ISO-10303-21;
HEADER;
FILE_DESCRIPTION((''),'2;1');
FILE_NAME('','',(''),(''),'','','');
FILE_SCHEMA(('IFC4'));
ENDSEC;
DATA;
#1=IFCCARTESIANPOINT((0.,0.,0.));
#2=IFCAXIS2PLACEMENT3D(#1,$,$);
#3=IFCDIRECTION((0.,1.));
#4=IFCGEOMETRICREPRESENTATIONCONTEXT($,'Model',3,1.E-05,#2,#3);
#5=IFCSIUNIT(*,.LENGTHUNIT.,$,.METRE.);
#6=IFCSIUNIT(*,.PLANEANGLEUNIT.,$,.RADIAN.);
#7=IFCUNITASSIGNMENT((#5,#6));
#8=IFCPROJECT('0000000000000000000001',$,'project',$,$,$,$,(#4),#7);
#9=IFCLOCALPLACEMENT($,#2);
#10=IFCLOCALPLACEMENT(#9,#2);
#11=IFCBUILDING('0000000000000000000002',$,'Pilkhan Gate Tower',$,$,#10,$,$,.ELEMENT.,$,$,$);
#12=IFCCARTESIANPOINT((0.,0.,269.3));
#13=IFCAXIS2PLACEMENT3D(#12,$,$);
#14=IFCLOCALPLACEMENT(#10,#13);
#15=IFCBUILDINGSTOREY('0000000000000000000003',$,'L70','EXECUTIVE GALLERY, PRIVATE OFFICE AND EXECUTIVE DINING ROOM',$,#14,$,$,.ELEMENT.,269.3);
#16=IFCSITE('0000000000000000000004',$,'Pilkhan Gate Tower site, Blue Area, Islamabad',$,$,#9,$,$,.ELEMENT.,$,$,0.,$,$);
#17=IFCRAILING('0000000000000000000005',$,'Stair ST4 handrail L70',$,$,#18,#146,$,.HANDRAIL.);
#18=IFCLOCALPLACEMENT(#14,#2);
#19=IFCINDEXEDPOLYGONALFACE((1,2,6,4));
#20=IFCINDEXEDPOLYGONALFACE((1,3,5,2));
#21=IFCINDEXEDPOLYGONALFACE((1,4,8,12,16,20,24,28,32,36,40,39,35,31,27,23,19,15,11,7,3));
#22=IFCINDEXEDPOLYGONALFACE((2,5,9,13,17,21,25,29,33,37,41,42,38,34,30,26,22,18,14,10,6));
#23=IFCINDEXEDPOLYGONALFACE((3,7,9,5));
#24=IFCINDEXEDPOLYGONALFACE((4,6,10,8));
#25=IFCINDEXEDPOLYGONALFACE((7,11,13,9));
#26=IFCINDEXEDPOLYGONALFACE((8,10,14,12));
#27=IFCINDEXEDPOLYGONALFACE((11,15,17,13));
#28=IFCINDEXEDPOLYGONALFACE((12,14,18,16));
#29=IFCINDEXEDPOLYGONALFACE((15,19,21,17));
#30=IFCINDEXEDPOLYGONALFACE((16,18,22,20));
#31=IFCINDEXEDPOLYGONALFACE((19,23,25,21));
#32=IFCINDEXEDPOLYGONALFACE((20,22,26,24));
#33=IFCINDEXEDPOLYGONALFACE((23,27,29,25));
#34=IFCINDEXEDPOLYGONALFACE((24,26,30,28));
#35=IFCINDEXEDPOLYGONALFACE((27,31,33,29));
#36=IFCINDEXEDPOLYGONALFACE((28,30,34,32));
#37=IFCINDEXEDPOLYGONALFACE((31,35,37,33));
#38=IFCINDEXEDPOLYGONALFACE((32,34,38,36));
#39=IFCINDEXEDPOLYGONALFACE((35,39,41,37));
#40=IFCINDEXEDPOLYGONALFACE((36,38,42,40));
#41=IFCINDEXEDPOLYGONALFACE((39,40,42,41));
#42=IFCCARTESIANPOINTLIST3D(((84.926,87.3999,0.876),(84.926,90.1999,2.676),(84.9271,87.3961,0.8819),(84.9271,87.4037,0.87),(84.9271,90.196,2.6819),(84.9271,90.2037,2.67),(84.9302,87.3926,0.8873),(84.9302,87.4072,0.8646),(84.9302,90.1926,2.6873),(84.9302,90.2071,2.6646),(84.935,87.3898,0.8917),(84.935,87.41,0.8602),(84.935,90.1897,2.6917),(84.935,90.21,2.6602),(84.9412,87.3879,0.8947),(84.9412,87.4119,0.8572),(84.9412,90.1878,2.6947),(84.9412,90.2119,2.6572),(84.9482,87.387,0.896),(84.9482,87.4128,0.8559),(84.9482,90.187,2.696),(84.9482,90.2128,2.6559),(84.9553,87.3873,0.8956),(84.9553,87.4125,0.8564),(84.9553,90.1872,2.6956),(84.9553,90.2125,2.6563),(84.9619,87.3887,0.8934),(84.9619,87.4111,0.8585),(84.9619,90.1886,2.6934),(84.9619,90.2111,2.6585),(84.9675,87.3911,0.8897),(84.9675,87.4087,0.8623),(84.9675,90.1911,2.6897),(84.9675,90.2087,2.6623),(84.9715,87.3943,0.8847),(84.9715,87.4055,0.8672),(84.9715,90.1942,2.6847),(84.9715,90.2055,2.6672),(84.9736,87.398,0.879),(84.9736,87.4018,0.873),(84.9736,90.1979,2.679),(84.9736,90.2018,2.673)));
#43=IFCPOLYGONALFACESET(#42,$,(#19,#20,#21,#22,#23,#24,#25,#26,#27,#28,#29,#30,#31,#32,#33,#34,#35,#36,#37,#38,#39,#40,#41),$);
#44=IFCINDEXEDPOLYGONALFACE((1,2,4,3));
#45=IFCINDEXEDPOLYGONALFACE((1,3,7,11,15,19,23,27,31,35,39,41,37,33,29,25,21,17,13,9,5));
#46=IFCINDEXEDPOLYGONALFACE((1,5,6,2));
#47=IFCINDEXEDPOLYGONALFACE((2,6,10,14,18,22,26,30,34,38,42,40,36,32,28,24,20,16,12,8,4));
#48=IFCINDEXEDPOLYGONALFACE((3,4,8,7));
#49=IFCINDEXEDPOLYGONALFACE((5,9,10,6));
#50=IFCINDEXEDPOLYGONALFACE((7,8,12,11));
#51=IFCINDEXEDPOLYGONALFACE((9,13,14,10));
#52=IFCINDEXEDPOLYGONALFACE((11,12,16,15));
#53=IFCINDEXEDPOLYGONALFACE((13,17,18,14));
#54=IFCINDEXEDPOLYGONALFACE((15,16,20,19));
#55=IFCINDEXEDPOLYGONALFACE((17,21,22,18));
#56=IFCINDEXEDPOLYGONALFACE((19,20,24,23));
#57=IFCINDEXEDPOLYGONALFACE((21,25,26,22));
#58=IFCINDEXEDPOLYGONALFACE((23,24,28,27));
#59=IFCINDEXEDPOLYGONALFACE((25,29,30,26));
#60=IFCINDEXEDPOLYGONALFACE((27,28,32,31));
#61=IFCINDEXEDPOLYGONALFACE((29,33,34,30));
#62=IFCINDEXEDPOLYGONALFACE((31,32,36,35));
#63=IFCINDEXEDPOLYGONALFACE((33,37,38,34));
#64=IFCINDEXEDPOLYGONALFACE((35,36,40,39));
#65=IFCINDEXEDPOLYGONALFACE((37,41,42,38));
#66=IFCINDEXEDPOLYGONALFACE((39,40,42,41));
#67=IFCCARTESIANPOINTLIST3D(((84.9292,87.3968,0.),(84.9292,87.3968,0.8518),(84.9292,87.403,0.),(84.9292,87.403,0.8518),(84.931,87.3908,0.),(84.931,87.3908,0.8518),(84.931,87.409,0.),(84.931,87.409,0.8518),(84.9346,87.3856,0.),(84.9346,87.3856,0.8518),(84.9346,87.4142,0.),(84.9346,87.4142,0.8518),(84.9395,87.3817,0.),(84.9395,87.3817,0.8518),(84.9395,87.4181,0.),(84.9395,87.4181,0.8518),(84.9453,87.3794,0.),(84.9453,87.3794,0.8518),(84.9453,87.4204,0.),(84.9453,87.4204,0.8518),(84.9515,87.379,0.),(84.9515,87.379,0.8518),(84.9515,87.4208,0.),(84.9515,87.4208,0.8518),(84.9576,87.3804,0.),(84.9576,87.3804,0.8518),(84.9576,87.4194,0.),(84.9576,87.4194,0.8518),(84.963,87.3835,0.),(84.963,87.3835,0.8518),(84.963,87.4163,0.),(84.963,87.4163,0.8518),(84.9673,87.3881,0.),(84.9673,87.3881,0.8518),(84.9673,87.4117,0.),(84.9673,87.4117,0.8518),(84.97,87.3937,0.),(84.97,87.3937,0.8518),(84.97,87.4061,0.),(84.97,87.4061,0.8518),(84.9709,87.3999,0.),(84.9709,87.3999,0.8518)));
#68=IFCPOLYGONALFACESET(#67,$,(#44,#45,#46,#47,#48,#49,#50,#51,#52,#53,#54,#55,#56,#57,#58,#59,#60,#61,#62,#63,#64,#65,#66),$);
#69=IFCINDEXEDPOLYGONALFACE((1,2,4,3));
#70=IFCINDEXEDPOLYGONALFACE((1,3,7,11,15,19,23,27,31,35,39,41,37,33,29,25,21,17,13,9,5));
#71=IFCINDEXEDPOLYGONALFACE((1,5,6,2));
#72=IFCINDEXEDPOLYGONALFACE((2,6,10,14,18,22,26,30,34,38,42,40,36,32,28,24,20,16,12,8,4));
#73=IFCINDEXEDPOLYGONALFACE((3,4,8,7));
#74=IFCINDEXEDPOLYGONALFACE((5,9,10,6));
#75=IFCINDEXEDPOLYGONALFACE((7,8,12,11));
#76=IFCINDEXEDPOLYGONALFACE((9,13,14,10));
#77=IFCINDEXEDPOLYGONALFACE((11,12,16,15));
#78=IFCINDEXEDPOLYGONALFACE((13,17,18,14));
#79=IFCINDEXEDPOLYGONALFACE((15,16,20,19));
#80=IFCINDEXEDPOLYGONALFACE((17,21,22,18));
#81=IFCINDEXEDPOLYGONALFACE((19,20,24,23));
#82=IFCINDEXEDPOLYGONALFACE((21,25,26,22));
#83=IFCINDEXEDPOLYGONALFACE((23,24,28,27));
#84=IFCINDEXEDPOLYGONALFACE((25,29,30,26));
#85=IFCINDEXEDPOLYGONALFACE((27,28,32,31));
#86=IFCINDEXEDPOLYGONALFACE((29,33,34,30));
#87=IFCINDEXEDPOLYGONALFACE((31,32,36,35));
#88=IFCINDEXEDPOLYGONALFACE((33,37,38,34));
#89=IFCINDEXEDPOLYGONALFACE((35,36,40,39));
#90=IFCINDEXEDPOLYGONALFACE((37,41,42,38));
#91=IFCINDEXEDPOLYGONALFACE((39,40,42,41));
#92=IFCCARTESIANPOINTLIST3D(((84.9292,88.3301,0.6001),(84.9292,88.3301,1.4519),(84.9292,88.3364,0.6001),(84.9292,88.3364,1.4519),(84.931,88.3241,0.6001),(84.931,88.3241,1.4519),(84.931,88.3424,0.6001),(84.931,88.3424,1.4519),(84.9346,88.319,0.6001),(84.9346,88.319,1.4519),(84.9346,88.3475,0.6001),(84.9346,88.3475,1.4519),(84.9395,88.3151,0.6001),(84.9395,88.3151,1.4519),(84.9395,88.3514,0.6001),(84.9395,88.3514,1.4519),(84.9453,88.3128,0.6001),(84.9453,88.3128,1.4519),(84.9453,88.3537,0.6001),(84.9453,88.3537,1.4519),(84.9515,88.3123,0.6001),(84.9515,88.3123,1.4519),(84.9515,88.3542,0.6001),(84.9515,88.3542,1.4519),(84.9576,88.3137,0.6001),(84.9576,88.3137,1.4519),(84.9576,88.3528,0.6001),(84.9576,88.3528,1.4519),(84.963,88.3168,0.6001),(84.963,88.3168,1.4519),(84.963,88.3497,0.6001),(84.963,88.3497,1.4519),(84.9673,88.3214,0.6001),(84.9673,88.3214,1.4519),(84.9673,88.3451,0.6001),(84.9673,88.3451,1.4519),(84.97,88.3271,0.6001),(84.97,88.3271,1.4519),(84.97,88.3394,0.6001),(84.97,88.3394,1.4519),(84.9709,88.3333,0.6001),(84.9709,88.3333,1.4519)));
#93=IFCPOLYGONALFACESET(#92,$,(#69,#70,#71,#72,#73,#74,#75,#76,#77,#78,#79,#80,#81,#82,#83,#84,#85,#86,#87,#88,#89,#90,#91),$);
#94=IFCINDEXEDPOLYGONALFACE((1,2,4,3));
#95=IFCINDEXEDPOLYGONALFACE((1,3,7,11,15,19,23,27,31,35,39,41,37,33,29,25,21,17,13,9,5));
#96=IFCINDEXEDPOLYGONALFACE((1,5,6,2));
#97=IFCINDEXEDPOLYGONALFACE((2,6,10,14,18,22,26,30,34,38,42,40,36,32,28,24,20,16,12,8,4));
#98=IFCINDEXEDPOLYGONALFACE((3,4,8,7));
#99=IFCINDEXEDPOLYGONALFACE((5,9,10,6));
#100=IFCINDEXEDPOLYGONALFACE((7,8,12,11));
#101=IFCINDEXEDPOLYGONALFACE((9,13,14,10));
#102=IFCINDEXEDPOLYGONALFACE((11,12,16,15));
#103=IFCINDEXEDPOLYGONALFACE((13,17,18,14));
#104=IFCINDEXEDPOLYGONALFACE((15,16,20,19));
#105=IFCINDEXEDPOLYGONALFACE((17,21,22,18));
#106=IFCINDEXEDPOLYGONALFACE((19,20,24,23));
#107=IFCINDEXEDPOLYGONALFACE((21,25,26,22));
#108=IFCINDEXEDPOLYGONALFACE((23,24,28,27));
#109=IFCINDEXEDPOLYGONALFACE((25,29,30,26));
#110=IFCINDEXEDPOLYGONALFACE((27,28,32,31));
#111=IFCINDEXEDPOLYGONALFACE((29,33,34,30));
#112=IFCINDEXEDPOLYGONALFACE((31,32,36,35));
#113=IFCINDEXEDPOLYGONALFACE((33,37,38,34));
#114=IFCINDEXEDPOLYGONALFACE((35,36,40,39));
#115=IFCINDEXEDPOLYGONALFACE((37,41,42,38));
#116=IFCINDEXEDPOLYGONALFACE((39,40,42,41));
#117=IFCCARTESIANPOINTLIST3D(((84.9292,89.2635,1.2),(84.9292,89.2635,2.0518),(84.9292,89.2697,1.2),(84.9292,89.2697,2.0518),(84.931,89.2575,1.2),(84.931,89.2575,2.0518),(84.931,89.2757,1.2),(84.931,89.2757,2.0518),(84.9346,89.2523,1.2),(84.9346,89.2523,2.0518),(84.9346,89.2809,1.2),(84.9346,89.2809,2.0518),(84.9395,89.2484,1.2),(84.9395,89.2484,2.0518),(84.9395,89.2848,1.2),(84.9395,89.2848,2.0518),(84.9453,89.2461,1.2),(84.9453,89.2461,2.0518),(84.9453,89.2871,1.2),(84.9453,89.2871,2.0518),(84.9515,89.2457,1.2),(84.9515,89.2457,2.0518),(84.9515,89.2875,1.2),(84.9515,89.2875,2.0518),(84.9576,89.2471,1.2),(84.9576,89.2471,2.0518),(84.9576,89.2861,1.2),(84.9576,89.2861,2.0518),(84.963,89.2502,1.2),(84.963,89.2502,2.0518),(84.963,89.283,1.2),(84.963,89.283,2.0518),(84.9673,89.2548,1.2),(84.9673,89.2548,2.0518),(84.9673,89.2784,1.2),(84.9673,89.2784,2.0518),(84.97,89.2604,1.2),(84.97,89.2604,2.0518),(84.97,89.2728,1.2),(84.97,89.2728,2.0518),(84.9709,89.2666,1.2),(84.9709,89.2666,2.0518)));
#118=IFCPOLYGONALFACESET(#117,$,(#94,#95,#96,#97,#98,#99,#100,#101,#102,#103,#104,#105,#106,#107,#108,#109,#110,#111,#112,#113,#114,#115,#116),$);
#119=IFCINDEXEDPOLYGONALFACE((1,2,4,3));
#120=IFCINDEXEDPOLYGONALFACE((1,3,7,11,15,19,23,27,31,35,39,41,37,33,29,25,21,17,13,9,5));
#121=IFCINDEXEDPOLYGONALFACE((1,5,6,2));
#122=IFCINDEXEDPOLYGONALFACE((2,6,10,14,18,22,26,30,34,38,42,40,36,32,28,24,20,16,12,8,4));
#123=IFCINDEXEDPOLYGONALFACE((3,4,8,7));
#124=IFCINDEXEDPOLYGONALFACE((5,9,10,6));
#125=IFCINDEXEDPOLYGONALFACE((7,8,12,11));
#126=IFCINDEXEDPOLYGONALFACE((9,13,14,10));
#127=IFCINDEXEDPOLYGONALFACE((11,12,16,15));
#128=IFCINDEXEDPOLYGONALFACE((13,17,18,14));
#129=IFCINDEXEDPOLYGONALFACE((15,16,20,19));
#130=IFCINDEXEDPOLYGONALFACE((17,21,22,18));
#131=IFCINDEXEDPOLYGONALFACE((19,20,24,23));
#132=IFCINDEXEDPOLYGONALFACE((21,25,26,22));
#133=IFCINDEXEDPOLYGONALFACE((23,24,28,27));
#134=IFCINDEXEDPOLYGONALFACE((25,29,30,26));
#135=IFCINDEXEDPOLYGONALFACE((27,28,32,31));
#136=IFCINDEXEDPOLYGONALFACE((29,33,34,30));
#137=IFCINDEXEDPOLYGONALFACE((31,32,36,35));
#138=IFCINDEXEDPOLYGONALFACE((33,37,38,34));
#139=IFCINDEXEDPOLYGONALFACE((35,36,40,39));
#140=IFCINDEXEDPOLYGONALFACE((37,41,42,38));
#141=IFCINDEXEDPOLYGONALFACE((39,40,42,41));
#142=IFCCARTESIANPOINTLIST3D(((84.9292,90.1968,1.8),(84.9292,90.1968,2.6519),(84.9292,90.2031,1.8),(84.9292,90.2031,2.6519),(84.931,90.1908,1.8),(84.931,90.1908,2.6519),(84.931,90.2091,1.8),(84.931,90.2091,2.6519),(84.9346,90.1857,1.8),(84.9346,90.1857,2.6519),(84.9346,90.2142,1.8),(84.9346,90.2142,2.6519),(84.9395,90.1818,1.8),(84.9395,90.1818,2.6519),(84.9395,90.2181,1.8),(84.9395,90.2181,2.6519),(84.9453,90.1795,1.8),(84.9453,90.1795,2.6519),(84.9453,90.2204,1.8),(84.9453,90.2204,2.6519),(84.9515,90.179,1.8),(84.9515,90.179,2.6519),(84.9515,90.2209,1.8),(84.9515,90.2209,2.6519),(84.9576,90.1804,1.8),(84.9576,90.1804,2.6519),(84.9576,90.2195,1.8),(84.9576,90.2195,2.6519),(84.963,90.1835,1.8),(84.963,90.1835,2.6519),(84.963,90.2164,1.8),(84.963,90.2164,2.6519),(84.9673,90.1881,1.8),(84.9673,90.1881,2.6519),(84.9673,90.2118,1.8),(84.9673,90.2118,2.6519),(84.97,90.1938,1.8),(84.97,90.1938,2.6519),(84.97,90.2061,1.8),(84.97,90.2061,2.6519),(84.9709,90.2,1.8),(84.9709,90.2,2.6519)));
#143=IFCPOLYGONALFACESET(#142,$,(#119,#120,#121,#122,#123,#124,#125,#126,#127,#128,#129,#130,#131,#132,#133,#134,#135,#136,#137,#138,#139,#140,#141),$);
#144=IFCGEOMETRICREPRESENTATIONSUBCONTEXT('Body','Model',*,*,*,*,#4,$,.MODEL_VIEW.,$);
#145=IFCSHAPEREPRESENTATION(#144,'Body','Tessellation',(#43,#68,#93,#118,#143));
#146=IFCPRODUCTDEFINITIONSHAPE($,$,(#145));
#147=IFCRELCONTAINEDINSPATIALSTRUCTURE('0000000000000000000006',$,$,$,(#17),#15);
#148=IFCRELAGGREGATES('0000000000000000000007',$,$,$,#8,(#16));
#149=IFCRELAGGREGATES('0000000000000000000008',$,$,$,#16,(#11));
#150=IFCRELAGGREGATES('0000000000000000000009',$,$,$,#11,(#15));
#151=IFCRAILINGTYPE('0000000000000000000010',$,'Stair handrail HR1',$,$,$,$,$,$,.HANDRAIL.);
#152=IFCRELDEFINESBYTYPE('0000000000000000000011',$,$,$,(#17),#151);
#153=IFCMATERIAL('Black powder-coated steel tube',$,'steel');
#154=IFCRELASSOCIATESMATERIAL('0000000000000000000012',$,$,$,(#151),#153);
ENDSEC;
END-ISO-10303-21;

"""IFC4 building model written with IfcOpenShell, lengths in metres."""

from ifc_helpers import new_model, si_unit, direction, frame, origin, origin_2d, place, context, subcontext, project, spatial, circle, extrude, material, type_object, element, save


model = new_model("IFC4")

# Units and contexts
model_context = context("Model", 3, precision=1e-05, world=origin(), true_north=direction((0.0, 1.0)))
body_context = subcontext(model_context, "Body", "Model", "MODEL_VIEW")
ifc_project = project(units=[si_unit("LENGTHUNIT", "METRE"), si_unit("PLANEANGLEUNIT", "RADIAN")], contexts=[model_context])

# Site, building, storey
site_placement = place(None, origin())
site = spatial("IfcSite", under=ifc_project, at=site_placement, Name="Pilkhan Gate Tower site, Blue Area, Islamabad", CompositionType="ELEMENT", RefElevation=0.0)
building_placement = place(site_placement, origin())
building = spatial("IfcBuilding", under=site, at=building_placement, Name="Pilkhan Gate Tower", CompositionType="ELEMENT")
storey_placement = place(building_placement, frame((0.0, 0.0, 269.3)))
storey = spatial("IfcBuildingStorey", under=building, at=storey_placement, Name="L70", Description="EXECUTIVE GALLERY, PRIVATE OFFICE AND EXECUTIVE DINING ROOM", CompositionType="ELEMENT", Elevation=269.3)

# Railing
ifc_material_1 = material(Name="Black powder-coated steel tube", Category="steel")
railing_type_1 = type_object("IfcRailingType", Name="Stair handrail HR1", PredefinedType="HANDRAIL", material=ifc_material_1)
railing_1_placement = place(storey_placement, frame((84.95, 87.3999, 0.0)))
element("IfcRailing", 1, at=railing_1_placement, inside=storey, type_object=railing_type_1, Name="Stair ST4 handrail L70", PredefinedType="HANDRAIL", context=body_context, shape_type="SweptSolid", body=[
    extrude(circle(Radius=0.0239, at=origin_2d()), frame((0.0, 0.0, 0.876), z_axis=(0.0, 0.841176, 0.540761), x_axis=(-1.0, 0.0, 0.0)), (0.0, 0.0, 1.0), 3.3286),
    extrude(circle(Radius=0.021, at=origin_2d()), origin(), (0.0, 0.0, 1.0), 0.8518),
    extrude(circle(Radius=0.021, at=origin_2d()), frame((0.0, 0.9333, 0.6001)), (0.0, 0.0, 1.0), 0.8518),
    extrude(circle(Radius=0.021, at=origin_2d()), frame((0.0, 1.8667, 1.2)), (0.0, 0.0, 1.0), 0.8518),
    extrude(circle(Radius=0.021, at=origin_2d()), frame((0.0, 2.8, 1.8)), (0.0, 0.0, 1.0), 0.8518),
])

save(model, "model.ifc")
